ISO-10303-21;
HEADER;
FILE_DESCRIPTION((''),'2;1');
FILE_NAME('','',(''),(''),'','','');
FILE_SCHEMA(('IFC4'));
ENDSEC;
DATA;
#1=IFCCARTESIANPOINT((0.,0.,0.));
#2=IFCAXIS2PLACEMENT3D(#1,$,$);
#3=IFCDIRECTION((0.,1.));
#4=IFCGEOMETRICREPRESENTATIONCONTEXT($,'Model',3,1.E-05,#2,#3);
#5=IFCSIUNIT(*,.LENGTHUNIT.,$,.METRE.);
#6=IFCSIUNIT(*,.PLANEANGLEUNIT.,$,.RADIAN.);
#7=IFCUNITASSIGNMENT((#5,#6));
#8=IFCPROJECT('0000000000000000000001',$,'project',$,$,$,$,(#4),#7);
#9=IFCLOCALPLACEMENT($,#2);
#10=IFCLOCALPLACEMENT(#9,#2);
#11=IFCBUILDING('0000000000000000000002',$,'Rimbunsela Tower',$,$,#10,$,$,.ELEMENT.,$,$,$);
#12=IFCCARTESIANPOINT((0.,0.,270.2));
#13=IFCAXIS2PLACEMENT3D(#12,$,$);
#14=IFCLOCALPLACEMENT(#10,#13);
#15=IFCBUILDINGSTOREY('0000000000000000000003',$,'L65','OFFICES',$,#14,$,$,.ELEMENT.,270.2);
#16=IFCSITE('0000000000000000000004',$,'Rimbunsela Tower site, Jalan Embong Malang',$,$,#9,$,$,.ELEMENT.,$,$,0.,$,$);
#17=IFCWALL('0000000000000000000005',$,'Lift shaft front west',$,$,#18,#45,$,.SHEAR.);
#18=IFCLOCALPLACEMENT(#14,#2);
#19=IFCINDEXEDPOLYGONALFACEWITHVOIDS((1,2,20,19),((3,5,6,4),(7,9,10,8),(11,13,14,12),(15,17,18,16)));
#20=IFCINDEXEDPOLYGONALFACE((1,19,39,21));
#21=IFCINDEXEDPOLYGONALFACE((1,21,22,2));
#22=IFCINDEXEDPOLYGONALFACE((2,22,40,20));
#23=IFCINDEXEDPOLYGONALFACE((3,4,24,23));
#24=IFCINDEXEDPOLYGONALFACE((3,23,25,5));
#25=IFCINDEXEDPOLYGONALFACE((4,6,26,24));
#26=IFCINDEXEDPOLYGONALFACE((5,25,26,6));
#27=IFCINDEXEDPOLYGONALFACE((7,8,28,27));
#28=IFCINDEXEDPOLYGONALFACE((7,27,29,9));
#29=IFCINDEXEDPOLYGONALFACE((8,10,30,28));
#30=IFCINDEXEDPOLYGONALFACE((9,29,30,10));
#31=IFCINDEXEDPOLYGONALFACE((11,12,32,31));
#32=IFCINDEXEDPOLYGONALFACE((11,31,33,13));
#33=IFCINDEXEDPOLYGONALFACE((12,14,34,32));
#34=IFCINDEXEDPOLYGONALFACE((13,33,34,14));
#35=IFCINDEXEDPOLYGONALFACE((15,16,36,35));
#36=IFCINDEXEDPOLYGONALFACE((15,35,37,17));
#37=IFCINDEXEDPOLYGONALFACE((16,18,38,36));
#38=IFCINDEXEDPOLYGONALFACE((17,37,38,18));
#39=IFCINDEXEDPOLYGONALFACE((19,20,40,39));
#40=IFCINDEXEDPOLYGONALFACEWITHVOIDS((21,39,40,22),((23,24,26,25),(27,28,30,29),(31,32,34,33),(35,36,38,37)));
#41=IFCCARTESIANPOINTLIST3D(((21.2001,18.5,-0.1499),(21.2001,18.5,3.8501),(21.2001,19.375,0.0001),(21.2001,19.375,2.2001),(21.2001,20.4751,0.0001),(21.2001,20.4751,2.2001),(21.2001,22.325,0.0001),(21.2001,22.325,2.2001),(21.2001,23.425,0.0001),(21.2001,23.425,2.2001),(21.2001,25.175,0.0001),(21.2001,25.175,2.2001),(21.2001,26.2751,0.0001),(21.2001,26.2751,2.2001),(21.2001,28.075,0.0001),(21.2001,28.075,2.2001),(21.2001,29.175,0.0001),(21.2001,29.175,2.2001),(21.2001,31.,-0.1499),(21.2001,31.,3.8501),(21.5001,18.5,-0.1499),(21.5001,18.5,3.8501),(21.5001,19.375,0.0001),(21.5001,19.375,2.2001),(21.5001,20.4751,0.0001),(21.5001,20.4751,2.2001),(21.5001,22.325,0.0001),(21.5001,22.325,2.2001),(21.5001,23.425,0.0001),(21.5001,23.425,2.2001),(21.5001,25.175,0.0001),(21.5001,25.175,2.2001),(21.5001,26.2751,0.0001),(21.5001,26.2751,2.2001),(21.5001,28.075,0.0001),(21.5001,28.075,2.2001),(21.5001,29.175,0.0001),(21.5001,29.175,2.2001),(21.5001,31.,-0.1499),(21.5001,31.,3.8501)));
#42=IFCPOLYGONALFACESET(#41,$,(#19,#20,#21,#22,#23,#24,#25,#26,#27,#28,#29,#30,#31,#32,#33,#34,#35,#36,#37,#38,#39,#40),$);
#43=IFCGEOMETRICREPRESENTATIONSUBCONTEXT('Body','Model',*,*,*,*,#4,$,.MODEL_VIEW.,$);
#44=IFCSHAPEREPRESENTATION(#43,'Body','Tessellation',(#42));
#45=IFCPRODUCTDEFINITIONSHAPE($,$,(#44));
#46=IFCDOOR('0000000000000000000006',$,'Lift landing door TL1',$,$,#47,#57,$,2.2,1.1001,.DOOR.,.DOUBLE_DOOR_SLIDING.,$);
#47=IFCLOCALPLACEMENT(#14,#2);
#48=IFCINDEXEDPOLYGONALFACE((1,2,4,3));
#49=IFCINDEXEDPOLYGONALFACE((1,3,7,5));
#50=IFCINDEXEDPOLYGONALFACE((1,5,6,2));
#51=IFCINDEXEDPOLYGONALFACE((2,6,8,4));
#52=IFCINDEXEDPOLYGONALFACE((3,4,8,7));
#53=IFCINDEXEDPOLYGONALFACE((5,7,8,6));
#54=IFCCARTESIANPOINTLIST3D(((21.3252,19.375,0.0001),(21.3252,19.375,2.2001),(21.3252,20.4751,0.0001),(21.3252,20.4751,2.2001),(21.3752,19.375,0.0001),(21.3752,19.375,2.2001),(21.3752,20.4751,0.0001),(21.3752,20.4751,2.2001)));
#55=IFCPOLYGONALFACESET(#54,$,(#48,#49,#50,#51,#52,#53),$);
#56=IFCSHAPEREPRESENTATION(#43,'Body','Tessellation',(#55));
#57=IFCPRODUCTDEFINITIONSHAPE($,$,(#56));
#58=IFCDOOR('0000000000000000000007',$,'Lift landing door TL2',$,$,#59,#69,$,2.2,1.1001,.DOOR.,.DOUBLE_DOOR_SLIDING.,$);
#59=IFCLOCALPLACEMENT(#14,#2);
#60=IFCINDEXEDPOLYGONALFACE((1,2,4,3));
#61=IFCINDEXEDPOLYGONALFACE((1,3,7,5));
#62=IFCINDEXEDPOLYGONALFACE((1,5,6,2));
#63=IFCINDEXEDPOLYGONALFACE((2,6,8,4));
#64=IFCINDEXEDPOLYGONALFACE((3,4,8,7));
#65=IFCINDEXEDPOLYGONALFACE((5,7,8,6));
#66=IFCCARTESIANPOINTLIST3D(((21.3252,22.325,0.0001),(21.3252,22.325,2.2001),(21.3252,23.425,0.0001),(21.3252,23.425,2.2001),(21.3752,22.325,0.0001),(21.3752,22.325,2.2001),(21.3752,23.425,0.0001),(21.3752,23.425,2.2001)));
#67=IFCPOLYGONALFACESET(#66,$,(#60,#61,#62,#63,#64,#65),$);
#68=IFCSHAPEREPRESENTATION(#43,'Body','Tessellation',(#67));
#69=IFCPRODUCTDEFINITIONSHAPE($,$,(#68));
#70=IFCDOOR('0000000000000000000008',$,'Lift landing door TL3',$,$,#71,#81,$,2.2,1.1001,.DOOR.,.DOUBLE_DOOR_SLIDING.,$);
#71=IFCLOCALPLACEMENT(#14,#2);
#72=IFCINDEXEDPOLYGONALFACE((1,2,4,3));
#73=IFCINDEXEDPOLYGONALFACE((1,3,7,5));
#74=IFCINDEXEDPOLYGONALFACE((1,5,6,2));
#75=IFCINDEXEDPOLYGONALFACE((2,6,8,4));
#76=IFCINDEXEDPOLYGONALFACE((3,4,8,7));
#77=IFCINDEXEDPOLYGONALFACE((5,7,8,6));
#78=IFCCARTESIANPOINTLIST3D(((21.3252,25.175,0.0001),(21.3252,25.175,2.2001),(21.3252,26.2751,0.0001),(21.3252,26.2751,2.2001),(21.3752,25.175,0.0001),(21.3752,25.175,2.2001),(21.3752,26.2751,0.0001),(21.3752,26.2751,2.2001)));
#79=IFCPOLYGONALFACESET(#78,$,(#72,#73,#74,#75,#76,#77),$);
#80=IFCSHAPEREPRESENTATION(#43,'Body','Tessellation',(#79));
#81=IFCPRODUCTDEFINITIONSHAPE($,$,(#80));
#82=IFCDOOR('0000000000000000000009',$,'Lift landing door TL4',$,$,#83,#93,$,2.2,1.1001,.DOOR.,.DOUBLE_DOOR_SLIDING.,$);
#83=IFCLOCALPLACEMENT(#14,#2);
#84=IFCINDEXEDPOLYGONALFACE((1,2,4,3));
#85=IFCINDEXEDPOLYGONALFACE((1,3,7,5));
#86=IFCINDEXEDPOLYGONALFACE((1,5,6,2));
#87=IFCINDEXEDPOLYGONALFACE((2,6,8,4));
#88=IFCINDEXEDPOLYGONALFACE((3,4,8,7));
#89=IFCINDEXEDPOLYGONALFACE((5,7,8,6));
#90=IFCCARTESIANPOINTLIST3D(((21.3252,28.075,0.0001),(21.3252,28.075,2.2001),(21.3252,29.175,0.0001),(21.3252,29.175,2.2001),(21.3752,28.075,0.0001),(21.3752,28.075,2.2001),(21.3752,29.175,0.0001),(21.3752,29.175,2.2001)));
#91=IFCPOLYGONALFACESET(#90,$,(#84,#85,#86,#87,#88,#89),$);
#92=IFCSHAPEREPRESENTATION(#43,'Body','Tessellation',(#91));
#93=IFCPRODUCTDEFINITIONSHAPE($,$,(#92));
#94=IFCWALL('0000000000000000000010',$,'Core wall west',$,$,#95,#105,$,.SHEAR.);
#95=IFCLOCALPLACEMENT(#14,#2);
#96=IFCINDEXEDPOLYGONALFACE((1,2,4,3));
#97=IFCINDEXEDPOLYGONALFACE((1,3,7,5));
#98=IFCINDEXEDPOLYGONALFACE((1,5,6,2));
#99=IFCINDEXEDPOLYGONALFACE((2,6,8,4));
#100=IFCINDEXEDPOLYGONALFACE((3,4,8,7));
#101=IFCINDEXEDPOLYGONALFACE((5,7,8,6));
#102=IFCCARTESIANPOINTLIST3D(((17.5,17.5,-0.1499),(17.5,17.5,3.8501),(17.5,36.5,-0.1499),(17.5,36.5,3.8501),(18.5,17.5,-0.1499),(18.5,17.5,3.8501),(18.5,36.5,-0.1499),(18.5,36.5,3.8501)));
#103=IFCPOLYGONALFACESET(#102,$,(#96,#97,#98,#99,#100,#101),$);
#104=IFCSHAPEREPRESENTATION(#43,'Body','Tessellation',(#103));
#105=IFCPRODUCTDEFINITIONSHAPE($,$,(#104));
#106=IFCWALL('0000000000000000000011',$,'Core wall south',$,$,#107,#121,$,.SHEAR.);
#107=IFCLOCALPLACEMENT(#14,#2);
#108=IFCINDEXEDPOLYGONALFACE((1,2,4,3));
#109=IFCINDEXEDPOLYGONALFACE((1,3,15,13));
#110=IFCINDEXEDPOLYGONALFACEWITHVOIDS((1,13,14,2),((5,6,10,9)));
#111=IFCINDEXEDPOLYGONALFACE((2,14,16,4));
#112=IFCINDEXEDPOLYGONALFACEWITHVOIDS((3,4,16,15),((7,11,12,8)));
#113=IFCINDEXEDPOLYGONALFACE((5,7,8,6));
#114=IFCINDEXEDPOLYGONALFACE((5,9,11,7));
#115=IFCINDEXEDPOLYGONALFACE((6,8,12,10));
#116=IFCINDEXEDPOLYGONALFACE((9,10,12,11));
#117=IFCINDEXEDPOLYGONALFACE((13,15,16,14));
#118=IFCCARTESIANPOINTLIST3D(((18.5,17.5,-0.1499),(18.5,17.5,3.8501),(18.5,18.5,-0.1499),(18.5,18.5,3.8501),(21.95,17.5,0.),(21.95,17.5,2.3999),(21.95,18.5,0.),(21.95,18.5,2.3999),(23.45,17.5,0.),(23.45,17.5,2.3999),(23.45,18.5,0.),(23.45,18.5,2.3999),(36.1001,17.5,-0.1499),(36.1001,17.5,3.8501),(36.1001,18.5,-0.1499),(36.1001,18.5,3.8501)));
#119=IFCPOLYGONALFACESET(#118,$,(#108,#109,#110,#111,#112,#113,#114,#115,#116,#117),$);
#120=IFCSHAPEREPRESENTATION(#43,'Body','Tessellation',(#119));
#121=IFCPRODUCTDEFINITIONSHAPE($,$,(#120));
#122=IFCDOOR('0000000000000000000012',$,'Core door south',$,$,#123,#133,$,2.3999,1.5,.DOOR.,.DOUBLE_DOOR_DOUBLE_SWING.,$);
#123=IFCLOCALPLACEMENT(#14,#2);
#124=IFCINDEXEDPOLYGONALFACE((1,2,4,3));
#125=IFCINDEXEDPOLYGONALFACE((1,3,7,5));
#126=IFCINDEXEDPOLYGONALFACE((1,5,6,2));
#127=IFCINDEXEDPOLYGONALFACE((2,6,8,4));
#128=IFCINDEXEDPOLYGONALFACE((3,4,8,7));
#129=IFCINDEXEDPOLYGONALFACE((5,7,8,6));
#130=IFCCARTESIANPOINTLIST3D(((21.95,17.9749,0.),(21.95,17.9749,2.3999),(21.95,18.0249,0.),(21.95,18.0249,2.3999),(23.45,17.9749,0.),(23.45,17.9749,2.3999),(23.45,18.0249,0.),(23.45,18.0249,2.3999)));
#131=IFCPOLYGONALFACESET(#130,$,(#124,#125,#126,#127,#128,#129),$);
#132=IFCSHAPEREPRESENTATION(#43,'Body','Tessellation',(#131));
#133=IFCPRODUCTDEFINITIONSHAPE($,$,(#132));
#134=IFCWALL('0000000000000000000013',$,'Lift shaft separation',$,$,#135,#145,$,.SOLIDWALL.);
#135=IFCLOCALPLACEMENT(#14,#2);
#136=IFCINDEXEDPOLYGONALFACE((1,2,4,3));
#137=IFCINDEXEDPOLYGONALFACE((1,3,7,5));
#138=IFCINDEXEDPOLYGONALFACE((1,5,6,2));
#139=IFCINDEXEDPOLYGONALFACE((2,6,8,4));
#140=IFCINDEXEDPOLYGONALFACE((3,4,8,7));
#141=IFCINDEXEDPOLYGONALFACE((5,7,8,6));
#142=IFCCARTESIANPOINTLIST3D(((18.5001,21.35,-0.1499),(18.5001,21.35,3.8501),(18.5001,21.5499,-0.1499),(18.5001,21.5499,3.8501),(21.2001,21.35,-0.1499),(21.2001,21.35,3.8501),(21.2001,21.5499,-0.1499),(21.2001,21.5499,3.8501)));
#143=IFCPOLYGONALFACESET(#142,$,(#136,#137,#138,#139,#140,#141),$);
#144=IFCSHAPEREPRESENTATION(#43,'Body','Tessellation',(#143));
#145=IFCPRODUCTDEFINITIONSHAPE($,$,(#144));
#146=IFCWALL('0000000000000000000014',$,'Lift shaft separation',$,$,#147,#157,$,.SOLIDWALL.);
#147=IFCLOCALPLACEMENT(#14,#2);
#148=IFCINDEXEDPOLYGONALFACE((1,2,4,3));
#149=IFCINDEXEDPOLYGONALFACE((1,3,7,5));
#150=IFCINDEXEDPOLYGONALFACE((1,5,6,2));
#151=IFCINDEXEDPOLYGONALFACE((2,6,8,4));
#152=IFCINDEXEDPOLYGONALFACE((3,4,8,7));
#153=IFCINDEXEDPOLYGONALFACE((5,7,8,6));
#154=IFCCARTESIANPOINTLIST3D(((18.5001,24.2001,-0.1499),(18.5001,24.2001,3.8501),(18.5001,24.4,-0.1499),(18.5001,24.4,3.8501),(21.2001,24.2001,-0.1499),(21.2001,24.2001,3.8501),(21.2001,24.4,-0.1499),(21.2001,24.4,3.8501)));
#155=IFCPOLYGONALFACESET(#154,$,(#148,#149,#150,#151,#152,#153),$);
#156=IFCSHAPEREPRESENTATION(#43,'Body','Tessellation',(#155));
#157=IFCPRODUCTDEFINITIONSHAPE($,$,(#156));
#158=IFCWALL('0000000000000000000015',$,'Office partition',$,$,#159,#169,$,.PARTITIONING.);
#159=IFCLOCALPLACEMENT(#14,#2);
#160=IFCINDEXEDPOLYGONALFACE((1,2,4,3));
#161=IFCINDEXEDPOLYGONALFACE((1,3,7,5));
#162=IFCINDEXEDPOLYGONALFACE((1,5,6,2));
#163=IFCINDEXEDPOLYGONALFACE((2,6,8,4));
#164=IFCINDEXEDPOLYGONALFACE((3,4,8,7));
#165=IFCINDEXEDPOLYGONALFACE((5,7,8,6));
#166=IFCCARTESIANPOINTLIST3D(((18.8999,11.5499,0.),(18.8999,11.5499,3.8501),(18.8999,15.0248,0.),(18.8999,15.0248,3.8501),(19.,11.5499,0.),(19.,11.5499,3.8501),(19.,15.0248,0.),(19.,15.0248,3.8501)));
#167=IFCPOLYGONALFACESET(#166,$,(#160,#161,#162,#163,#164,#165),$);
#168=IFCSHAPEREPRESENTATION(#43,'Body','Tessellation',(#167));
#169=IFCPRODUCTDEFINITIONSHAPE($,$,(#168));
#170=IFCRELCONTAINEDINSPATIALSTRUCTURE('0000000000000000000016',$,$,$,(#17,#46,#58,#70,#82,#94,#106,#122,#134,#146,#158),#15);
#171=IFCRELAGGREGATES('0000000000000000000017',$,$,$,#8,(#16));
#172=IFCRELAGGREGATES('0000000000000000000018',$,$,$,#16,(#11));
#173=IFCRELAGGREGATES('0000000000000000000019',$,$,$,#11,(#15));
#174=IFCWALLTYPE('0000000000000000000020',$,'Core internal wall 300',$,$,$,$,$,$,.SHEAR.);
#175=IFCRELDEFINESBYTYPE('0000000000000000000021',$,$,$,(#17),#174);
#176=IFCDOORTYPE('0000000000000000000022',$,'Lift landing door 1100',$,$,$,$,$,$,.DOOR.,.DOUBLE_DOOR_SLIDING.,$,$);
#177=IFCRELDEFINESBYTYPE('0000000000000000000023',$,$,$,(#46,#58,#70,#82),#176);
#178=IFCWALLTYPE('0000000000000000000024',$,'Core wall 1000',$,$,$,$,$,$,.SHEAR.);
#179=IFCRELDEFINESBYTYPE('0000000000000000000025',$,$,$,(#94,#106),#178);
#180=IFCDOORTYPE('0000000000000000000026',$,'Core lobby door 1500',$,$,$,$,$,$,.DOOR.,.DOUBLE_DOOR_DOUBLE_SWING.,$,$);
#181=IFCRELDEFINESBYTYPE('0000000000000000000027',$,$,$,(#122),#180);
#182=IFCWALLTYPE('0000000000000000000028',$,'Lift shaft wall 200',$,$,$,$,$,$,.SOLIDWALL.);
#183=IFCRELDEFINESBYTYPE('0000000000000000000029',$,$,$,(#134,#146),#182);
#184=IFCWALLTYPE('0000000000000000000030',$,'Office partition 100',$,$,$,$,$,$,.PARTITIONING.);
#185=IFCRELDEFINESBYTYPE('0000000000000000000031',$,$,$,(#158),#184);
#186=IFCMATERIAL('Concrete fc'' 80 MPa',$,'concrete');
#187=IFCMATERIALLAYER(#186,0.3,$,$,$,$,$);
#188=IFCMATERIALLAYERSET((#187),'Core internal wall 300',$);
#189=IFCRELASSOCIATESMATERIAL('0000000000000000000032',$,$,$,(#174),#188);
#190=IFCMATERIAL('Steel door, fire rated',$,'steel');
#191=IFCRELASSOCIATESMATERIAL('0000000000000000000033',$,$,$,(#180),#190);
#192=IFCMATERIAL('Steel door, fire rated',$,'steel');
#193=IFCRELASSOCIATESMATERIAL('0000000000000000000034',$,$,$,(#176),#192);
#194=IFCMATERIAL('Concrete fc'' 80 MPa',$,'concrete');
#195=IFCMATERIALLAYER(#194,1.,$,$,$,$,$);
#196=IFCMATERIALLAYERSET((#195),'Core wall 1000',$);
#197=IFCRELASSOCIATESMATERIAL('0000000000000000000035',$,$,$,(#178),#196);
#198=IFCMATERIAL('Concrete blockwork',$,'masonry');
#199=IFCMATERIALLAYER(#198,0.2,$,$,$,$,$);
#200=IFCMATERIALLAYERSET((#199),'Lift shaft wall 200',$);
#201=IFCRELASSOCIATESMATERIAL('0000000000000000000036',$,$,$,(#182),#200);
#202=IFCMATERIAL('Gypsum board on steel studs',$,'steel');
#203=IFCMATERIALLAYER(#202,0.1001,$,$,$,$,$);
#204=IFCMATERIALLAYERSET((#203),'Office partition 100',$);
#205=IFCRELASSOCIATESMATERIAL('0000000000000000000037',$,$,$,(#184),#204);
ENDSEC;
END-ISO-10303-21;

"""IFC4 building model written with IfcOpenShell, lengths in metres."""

from ifc_helpers import new_model, si_unit, direction, frame, frame_2d, origin, place, context, subcontext, project, spatial, rectangle, extrude, material, layer, layer_set, type_object, element, fill, save


model = new_model("IFC4")

# Units and contexts
model_context = context("Model", 3, precision=1e-05, world=origin(), true_north=direction((0.0, 1.0)))
body_context = subcontext(model_context, "Body", "Model", "MODEL_VIEW")
ifc_project = project(units=[si_unit("LENGTHUNIT", "METRE"), si_unit("PLANEANGLEUNIT", "RADIAN")], contexts=[model_context])

# Site, building, storey
site_placement = place(None, origin())
site = spatial("IfcSite", under=ifc_project, at=site_placement, Name="Rimbunsela Tower site, Jalan Embong Malang", CompositionType="ELEMENT", RefElevation=0.0)
building_placement = place(site_placement, origin())
building = spatial("IfcBuilding", under=site, at=building_placement, Name="Rimbunsela Tower", CompositionType="ELEMENT")
storey_placement = place(building_placement, frame((0.0, 0.0, 270.2)))
storey = spatial("IfcBuildingStorey", under=building, at=storey_placement, Name="L65", Description="OFFICES", CompositionType="ELEMENT", Elevation=270.2)

# Shared definitions
ifc_material_1 = material(Name="Concrete fc' 80 MPa", Category="concrete")
ifc_layer_1 = layer(ifc_material_1, 0.3)
ifc_layer_set_1 = layer_set([ifc_layer_1], Name="Core internal wall 300")
wall_type_1 = type_object("IfcWallType", Name="Core internal wall 300", PredefinedType="SHEAR", material=ifc_layer_set_1)
ifc_material_2 = material(Name="Steel door, fire rated", Category="steel")
door_type_1 = type_object("IfcDoorType", Name="Core lobby door 1500", OperationType="DOUBLE_DOOR_DOUBLE_SWING", PredefinedType="DOOR", material=ifc_material_2)

# Wall, openings, doors
wall_1_placement = place(storey_placement, frame((21.3501, 18.5, -0.1499), z_axis=(0.0, 0.0, 1.0), x_axis=(0.0, 1.0, 0.0)))
wall_1 = element("IfcWall", 1, at=wall_1_placement, inside=storey, type_object=wall_type_1, Name="Lift shaft front west", PredefinedType="SHEAR", context=body_context, shape_type="SweptSolid", body=[
    extrude(rectangle(XDim=12.5, YDim=0.3, at=frame_2d((6.25, 0.0))), origin(), (0.0, 0.0, 1.0), 4.0),
])
opening_1_placement = place(wall_1_placement, frame((0.875, 0.0, 0.1499)))
opening_1 = element("IfcOpeningElement", 2, at=opening_1_placement, cuts=wall_1, PredefinedType="OPENING", context=body_context, shape_type="SweptSolid", body=[
    extrude(rectangle(XDim=1.1001, YDim=2.2, at=frame_2d((0.55, 1.1001))), frame((0.0, 0.1599, 0.0), z_axis=(0.0, -1.0, 0.0), x_axis=(1.0, 0.0, 0.0)), (0.0, 0.0, 1.0), 0.3201),
])
opening_2_placement = place(wall_1_placement, frame((3.825, 0.0, 0.1499)))
opening_2 = element("IfcOpeningElement", 3, at=opening_2_placement, cuts=wall_1, PredefinedType="OPENING", context=body_context, shape_type="SweptSolid", body=[
    extrude(rectangle(XDim=1.1001, YDim=2.2, at=frame_2d((0.55, 1.1001))), frame((0.0, 0.1599, 0.0), z_axis=(0.0, -1.0, 0.0), x_axis=(1.0, 0.0, 0.0)), (0.0, 0.0, 1.0), 0.3201),
])
opening_3_placement = place(wall_1_placement, frame((6.675, 0.0, 0.1499)))
opening_3 = element("IfcOpeningElement", 4, at=opening_3_placement, cuts=wall_1, PredefinedType="OPENING", context=body_context, shape_type="SweptSolid", body=[
    extrude(rectangle(XDim=1.1001, YDim=2.2, at=frame_2d((0.55, 1.1001))), frame((0.0, 0.1599, 0.0), z_axis=(0.0, -1.0, 0.0), x_axis=(1.0, 0.0, 0.0)), (0.0, 0.0, 1.0), 0.3201),
])
opening_4_placement = place(wall_1_placement, frame((9.575, 0.0, 0.1499)))
opening_4 = element("IfcOpeningElement", 5, at=opening_4_placement, cuts=wall_1, PredefinedType="OPENING", context=body_context, shape_type="SweptSolid", body=[
    extrude(rectangle(XDim=1.1001, YDim=2.2, at=frame_2d((0.55, 1.1001))), frame((0.0, 0.1599, 0.0), z_axis=(0.0, -1.0, 0.0), x_axis=(1.0, 0.0, 0.0)), (0.0, 0.0, 1.0), 0.3201),
])
ifc_material_3 = material(Name="Steel door, fire rated", Category="steel")
door_type_2 = type_object("IfcDoorType", Name="Lift landing door 1100", OperationType="DOUBLE_DOOR_SLIDING", PredefinedType="DOOR", material=ifc_material_3)
door_1_placement = place(opening_1_placement, origin())
door_1 = element("IfcDoor", 6, at=door_1_placement, inside=storey, type_object=door_type_2, Name="Lift landing door TL1", OperationType="DOUBLE_DOOR_SLIDING", OverallHeight=2.2, OverallWidth=1.1001, PredefinedType="DOOR", context=body_context, shape_type="SweptSolid", body=[
    extrude(rectangle(XDim=1.1001, YDim=2.2, at=frame_2d((0.55, 1.1001))), frame((0.0, 0.0249, 0.0), z_axis=(0.0, -1.0, 0.0), x_axis=(1.0, 0.0, 0.0)), (0.0, 0.0, 1.0), 0.05),
])
fill(opening_1, door_1)
door_2_placement = place(opening_2_placement, origin())
door_2 = element("IfcDoor", 7, at=door_2_placement, inside=storey, type_object=door_type_2, Name="Lift landing door TL2", OperationType="DOUBLE_DOOR_SLIDING", OverallHeight=2.2, OverallWidth=1.1001, PredefinedType="DOOR", context=body_context, shape_type="SweptSolid", body=[
    extrude(rectangle(XDim=1.1001, YDim=2.2, at=frame_2d((0.55, 1.1001))), frame((0.0, 0.0249, 0.0), z_axis=(0.0, -1.0, 0.0), x_axis=(1.0, 0.0, 0.0)), (0.0, 0.0, 1.0), 0.05),
])
fill(opening_2, door_2)
door_3_placement = place(opening_3_placement, origin())
door_3 = element("IfcDoor", 8, at=door_3_placement, inside=storey, type_object=door_type_2, Name="Lift landing door TL3", OperationType="DOUBLE_DOOR_SLIDING", OverallHeight=2.2, OverallWidth=1.1001, PredefinedType="DOOR", context=body_context, shape_type="SweptSolid", body=[
    extrude(rectangle(XDim=1.1001, YDim=2.2, at=frame_2d((0.55, 1.1001))), frame((0.0, 0.0249, 0.0), z_axis=(0.0, -1.0, 0.0), x_axis=(1.0, 0.0, 0.0)), (0.0, 0.0, 1.0), 0.05),
])
fill(opening_3, door_3)
door_4_placement = place(opening_4_placement, origin())
door_4 = element("IfcDoor", 9, at=door_4_placement, inside=storey, type_object=door_type_2, Name="Lift landing door TL4", OperationType="DOUBLE_DOOR_SLIDING", OverallHeight=2.2, OverallWidth=1.1001, PredefinedType="DOOR", context=body_context, shape_type="SweptSolid", body=[
    extrude(rectangle(XDim=1.1001, YDim=2.2, at=frame_2d((0.55, 1.1001))), frame((0.0, 0.0249, 0.0), z_axis=(0.0, -1.0, 0.0), x_axis=(1.0, 0.0, 0.0)), (0.0, 0.0, 1.0), 0.05),
])
fill(opening_4, door_4)

# Wall
ifc_material_4 = material(Name="Concrete fc' 80 MPa", Category="concrete")
ifc_layer_2 = layer(ifc_material_4, 1.0)
ifc_layer_set_2 = layer_set([ifc_layer_2], Name="Core wall 1000")
wall_type_2 = type_object("IfcWallType", Name="Core wall 1000", PredefinedType="SHEAR", material=ifc_layer_set_2)
wall_2_placement = place(storey_placement, frame((18.0, 17.5, -0.1499), z_axis=(0.0, 0.0, 1.0), x_axis=(0.0, 1.0, 0.0)))
element("IfcWall", 10, at=wall_2_placement, inside=storey, type_object=wall_type_2, Name="Core wall west", PredefinedType="SHEAR", context=body_context, shape_type="SweptSolid", body=[
    extrude(rectangle(XDim=19.0, YDim=1.0, at=frame_2d((9.5, 0.0))), origin(), (0.0, 0.0, 1.0), 4.0),
])

# Wall, opening, door
wall_3_placement = place(storey_placement, frame((18.5, 18.0, -0.1499), z_axis=(0.0, 0.0, 1.0), x_axis=(1.0, 0.0, 0.0)))
wall_3 = element("IfcWall", 11, at=wall_3_placement, inside=storey, type_object=wall_type_2, Name="Core wall south", PredefinedType="SHEAR", context=body_context, shape_type="SweptSolid", body=[
    extrude(rectangle(XDim=17.6001, YDim=1.0, at=frame_2d((8.8, 0.0))), origin(), (0.0, 0.0, 1.0), 4.0),
])
opening_5_placement = place(wall_3_placement, frame((3.45, 0.0, 0.1499)))
opening_5 = element("IfcOpeningElement", 12, at=opening_5_placement, cuts=wall_3, PredefinedType="OPENING", context=body_context, shape_type="SweptSolid", body=[
    extrude(rectangle(XDim=1.5, YDim=2.3999, at=frame_2d((0.75, 1.2))), frame((0.0, 0.51, 0.0), z_axis=(0.0, -1.0, 0.0), x_axis=(1.0, 0.0, 0.0)), (0.0, 0.0, 1.0), 1.02),
])
door_5_placement = place(opening_5_placement, origin())
door_5 = element("IfcDoor", 13, at=door_5_placement, inside=storey, type_object=door_type_1, Name="Core door south", OperationType="DOUBLE_DOOR_DOUBLE_SWING", OverallHeight=2.3999, OverallWidth=1.5, PredefinedType="DOOR", context=body_context, shape_type="SweptSolid", body=[
    extrude(rectangle(XDim=1.5, YDim=2.3999, at=frame_2d((0.75, 1.2))), frame((0.0, 0.0249, 0.0), z_axis=(0.0, -1.0, 0.0), x_axis=(1.0, 0.0, 0.0)), (0.0, 0.0, 1.0), 0.05),
])
fill(opening_5, door_5)

# Walls
ifc_material_5 = material(Name="Concrete blockwork", Category="masonry")
ifc_layer_3 = layer(ifc_material_5, 0.2)
ifc_layer_set_3 = layer_set([ifc_layer_3], Name="Lift shaft wall 200")
wall_type_3 = type_object("IfcWallType", Name="Lift shaft wall 200", PredefinedType="SOLIDWALL", material=ifc_layer_set_3)
for number, where, z_axis, x_axis, name in (
    (14, (18.5, 21.45, -0.1499), (0.0, 0.0, 1.0), (1.0, 0.0, 0.0), "Lift shaft separation"),
    (15, (18.5, 24.3, -0.1499), (0.0, 0.0, 1.0), (1.0, 0.0, 0.0), "Lift shaft separation"),
):
    element("IfcWall", number, at=place(storey_placement, frame(where, z_axis=z_axis, x_axis=x_axis)), inside=storey, type_object=wall_type_3, Name=name, PredefinedType="SOLIDWALL", context=body_context, shape_type="SweptSolid", body=[
        extrude(rectangle(XDim=2.7, YDim=0.2, at=frame_2d((1.3501, 0.0))), origin(), (0.0, 0.0, 1.0), 4.0),
    ])
ifc_material_6 = material(Name="Gypsum board on steel studs", Category="steel")
ifc_layer_4 = layer(ifc_material_6, 0.1001)
ifc_layer_set_4 = layer_set([ifc_layer_4], Name="Office partition 100")
wall_type_4 = type_object("IfcWallType", Name="Office partition 100", PredefinedType="PARTITIONING", material=ifc_layer_set_4)
for number, where, z_axis, x_axis, name in (
    (16, (18.95, 11.55, 0.0), (0.0, 0.0, 1.0), (0.0, 1.0, 0.0), "Office partition"),
):
    element("IfcWall", number, at=place(storey_placement, frame(where, z_axis=z_axis, x_axis=x_axis)), inside=storey, type_object=wall_type_4, Name=name, PredefinedType="PARTITIONING", context=body_context, shape_type="SweptSolid", body=[
        extrude(rectangle(XDim=3.4749, YDim=0.1001, at=frame_2d((1.7373, 0.0))), origin(), (0.0, 0.0, 1.0), 3.8501),
    ])

save(model, "model.ifc")
